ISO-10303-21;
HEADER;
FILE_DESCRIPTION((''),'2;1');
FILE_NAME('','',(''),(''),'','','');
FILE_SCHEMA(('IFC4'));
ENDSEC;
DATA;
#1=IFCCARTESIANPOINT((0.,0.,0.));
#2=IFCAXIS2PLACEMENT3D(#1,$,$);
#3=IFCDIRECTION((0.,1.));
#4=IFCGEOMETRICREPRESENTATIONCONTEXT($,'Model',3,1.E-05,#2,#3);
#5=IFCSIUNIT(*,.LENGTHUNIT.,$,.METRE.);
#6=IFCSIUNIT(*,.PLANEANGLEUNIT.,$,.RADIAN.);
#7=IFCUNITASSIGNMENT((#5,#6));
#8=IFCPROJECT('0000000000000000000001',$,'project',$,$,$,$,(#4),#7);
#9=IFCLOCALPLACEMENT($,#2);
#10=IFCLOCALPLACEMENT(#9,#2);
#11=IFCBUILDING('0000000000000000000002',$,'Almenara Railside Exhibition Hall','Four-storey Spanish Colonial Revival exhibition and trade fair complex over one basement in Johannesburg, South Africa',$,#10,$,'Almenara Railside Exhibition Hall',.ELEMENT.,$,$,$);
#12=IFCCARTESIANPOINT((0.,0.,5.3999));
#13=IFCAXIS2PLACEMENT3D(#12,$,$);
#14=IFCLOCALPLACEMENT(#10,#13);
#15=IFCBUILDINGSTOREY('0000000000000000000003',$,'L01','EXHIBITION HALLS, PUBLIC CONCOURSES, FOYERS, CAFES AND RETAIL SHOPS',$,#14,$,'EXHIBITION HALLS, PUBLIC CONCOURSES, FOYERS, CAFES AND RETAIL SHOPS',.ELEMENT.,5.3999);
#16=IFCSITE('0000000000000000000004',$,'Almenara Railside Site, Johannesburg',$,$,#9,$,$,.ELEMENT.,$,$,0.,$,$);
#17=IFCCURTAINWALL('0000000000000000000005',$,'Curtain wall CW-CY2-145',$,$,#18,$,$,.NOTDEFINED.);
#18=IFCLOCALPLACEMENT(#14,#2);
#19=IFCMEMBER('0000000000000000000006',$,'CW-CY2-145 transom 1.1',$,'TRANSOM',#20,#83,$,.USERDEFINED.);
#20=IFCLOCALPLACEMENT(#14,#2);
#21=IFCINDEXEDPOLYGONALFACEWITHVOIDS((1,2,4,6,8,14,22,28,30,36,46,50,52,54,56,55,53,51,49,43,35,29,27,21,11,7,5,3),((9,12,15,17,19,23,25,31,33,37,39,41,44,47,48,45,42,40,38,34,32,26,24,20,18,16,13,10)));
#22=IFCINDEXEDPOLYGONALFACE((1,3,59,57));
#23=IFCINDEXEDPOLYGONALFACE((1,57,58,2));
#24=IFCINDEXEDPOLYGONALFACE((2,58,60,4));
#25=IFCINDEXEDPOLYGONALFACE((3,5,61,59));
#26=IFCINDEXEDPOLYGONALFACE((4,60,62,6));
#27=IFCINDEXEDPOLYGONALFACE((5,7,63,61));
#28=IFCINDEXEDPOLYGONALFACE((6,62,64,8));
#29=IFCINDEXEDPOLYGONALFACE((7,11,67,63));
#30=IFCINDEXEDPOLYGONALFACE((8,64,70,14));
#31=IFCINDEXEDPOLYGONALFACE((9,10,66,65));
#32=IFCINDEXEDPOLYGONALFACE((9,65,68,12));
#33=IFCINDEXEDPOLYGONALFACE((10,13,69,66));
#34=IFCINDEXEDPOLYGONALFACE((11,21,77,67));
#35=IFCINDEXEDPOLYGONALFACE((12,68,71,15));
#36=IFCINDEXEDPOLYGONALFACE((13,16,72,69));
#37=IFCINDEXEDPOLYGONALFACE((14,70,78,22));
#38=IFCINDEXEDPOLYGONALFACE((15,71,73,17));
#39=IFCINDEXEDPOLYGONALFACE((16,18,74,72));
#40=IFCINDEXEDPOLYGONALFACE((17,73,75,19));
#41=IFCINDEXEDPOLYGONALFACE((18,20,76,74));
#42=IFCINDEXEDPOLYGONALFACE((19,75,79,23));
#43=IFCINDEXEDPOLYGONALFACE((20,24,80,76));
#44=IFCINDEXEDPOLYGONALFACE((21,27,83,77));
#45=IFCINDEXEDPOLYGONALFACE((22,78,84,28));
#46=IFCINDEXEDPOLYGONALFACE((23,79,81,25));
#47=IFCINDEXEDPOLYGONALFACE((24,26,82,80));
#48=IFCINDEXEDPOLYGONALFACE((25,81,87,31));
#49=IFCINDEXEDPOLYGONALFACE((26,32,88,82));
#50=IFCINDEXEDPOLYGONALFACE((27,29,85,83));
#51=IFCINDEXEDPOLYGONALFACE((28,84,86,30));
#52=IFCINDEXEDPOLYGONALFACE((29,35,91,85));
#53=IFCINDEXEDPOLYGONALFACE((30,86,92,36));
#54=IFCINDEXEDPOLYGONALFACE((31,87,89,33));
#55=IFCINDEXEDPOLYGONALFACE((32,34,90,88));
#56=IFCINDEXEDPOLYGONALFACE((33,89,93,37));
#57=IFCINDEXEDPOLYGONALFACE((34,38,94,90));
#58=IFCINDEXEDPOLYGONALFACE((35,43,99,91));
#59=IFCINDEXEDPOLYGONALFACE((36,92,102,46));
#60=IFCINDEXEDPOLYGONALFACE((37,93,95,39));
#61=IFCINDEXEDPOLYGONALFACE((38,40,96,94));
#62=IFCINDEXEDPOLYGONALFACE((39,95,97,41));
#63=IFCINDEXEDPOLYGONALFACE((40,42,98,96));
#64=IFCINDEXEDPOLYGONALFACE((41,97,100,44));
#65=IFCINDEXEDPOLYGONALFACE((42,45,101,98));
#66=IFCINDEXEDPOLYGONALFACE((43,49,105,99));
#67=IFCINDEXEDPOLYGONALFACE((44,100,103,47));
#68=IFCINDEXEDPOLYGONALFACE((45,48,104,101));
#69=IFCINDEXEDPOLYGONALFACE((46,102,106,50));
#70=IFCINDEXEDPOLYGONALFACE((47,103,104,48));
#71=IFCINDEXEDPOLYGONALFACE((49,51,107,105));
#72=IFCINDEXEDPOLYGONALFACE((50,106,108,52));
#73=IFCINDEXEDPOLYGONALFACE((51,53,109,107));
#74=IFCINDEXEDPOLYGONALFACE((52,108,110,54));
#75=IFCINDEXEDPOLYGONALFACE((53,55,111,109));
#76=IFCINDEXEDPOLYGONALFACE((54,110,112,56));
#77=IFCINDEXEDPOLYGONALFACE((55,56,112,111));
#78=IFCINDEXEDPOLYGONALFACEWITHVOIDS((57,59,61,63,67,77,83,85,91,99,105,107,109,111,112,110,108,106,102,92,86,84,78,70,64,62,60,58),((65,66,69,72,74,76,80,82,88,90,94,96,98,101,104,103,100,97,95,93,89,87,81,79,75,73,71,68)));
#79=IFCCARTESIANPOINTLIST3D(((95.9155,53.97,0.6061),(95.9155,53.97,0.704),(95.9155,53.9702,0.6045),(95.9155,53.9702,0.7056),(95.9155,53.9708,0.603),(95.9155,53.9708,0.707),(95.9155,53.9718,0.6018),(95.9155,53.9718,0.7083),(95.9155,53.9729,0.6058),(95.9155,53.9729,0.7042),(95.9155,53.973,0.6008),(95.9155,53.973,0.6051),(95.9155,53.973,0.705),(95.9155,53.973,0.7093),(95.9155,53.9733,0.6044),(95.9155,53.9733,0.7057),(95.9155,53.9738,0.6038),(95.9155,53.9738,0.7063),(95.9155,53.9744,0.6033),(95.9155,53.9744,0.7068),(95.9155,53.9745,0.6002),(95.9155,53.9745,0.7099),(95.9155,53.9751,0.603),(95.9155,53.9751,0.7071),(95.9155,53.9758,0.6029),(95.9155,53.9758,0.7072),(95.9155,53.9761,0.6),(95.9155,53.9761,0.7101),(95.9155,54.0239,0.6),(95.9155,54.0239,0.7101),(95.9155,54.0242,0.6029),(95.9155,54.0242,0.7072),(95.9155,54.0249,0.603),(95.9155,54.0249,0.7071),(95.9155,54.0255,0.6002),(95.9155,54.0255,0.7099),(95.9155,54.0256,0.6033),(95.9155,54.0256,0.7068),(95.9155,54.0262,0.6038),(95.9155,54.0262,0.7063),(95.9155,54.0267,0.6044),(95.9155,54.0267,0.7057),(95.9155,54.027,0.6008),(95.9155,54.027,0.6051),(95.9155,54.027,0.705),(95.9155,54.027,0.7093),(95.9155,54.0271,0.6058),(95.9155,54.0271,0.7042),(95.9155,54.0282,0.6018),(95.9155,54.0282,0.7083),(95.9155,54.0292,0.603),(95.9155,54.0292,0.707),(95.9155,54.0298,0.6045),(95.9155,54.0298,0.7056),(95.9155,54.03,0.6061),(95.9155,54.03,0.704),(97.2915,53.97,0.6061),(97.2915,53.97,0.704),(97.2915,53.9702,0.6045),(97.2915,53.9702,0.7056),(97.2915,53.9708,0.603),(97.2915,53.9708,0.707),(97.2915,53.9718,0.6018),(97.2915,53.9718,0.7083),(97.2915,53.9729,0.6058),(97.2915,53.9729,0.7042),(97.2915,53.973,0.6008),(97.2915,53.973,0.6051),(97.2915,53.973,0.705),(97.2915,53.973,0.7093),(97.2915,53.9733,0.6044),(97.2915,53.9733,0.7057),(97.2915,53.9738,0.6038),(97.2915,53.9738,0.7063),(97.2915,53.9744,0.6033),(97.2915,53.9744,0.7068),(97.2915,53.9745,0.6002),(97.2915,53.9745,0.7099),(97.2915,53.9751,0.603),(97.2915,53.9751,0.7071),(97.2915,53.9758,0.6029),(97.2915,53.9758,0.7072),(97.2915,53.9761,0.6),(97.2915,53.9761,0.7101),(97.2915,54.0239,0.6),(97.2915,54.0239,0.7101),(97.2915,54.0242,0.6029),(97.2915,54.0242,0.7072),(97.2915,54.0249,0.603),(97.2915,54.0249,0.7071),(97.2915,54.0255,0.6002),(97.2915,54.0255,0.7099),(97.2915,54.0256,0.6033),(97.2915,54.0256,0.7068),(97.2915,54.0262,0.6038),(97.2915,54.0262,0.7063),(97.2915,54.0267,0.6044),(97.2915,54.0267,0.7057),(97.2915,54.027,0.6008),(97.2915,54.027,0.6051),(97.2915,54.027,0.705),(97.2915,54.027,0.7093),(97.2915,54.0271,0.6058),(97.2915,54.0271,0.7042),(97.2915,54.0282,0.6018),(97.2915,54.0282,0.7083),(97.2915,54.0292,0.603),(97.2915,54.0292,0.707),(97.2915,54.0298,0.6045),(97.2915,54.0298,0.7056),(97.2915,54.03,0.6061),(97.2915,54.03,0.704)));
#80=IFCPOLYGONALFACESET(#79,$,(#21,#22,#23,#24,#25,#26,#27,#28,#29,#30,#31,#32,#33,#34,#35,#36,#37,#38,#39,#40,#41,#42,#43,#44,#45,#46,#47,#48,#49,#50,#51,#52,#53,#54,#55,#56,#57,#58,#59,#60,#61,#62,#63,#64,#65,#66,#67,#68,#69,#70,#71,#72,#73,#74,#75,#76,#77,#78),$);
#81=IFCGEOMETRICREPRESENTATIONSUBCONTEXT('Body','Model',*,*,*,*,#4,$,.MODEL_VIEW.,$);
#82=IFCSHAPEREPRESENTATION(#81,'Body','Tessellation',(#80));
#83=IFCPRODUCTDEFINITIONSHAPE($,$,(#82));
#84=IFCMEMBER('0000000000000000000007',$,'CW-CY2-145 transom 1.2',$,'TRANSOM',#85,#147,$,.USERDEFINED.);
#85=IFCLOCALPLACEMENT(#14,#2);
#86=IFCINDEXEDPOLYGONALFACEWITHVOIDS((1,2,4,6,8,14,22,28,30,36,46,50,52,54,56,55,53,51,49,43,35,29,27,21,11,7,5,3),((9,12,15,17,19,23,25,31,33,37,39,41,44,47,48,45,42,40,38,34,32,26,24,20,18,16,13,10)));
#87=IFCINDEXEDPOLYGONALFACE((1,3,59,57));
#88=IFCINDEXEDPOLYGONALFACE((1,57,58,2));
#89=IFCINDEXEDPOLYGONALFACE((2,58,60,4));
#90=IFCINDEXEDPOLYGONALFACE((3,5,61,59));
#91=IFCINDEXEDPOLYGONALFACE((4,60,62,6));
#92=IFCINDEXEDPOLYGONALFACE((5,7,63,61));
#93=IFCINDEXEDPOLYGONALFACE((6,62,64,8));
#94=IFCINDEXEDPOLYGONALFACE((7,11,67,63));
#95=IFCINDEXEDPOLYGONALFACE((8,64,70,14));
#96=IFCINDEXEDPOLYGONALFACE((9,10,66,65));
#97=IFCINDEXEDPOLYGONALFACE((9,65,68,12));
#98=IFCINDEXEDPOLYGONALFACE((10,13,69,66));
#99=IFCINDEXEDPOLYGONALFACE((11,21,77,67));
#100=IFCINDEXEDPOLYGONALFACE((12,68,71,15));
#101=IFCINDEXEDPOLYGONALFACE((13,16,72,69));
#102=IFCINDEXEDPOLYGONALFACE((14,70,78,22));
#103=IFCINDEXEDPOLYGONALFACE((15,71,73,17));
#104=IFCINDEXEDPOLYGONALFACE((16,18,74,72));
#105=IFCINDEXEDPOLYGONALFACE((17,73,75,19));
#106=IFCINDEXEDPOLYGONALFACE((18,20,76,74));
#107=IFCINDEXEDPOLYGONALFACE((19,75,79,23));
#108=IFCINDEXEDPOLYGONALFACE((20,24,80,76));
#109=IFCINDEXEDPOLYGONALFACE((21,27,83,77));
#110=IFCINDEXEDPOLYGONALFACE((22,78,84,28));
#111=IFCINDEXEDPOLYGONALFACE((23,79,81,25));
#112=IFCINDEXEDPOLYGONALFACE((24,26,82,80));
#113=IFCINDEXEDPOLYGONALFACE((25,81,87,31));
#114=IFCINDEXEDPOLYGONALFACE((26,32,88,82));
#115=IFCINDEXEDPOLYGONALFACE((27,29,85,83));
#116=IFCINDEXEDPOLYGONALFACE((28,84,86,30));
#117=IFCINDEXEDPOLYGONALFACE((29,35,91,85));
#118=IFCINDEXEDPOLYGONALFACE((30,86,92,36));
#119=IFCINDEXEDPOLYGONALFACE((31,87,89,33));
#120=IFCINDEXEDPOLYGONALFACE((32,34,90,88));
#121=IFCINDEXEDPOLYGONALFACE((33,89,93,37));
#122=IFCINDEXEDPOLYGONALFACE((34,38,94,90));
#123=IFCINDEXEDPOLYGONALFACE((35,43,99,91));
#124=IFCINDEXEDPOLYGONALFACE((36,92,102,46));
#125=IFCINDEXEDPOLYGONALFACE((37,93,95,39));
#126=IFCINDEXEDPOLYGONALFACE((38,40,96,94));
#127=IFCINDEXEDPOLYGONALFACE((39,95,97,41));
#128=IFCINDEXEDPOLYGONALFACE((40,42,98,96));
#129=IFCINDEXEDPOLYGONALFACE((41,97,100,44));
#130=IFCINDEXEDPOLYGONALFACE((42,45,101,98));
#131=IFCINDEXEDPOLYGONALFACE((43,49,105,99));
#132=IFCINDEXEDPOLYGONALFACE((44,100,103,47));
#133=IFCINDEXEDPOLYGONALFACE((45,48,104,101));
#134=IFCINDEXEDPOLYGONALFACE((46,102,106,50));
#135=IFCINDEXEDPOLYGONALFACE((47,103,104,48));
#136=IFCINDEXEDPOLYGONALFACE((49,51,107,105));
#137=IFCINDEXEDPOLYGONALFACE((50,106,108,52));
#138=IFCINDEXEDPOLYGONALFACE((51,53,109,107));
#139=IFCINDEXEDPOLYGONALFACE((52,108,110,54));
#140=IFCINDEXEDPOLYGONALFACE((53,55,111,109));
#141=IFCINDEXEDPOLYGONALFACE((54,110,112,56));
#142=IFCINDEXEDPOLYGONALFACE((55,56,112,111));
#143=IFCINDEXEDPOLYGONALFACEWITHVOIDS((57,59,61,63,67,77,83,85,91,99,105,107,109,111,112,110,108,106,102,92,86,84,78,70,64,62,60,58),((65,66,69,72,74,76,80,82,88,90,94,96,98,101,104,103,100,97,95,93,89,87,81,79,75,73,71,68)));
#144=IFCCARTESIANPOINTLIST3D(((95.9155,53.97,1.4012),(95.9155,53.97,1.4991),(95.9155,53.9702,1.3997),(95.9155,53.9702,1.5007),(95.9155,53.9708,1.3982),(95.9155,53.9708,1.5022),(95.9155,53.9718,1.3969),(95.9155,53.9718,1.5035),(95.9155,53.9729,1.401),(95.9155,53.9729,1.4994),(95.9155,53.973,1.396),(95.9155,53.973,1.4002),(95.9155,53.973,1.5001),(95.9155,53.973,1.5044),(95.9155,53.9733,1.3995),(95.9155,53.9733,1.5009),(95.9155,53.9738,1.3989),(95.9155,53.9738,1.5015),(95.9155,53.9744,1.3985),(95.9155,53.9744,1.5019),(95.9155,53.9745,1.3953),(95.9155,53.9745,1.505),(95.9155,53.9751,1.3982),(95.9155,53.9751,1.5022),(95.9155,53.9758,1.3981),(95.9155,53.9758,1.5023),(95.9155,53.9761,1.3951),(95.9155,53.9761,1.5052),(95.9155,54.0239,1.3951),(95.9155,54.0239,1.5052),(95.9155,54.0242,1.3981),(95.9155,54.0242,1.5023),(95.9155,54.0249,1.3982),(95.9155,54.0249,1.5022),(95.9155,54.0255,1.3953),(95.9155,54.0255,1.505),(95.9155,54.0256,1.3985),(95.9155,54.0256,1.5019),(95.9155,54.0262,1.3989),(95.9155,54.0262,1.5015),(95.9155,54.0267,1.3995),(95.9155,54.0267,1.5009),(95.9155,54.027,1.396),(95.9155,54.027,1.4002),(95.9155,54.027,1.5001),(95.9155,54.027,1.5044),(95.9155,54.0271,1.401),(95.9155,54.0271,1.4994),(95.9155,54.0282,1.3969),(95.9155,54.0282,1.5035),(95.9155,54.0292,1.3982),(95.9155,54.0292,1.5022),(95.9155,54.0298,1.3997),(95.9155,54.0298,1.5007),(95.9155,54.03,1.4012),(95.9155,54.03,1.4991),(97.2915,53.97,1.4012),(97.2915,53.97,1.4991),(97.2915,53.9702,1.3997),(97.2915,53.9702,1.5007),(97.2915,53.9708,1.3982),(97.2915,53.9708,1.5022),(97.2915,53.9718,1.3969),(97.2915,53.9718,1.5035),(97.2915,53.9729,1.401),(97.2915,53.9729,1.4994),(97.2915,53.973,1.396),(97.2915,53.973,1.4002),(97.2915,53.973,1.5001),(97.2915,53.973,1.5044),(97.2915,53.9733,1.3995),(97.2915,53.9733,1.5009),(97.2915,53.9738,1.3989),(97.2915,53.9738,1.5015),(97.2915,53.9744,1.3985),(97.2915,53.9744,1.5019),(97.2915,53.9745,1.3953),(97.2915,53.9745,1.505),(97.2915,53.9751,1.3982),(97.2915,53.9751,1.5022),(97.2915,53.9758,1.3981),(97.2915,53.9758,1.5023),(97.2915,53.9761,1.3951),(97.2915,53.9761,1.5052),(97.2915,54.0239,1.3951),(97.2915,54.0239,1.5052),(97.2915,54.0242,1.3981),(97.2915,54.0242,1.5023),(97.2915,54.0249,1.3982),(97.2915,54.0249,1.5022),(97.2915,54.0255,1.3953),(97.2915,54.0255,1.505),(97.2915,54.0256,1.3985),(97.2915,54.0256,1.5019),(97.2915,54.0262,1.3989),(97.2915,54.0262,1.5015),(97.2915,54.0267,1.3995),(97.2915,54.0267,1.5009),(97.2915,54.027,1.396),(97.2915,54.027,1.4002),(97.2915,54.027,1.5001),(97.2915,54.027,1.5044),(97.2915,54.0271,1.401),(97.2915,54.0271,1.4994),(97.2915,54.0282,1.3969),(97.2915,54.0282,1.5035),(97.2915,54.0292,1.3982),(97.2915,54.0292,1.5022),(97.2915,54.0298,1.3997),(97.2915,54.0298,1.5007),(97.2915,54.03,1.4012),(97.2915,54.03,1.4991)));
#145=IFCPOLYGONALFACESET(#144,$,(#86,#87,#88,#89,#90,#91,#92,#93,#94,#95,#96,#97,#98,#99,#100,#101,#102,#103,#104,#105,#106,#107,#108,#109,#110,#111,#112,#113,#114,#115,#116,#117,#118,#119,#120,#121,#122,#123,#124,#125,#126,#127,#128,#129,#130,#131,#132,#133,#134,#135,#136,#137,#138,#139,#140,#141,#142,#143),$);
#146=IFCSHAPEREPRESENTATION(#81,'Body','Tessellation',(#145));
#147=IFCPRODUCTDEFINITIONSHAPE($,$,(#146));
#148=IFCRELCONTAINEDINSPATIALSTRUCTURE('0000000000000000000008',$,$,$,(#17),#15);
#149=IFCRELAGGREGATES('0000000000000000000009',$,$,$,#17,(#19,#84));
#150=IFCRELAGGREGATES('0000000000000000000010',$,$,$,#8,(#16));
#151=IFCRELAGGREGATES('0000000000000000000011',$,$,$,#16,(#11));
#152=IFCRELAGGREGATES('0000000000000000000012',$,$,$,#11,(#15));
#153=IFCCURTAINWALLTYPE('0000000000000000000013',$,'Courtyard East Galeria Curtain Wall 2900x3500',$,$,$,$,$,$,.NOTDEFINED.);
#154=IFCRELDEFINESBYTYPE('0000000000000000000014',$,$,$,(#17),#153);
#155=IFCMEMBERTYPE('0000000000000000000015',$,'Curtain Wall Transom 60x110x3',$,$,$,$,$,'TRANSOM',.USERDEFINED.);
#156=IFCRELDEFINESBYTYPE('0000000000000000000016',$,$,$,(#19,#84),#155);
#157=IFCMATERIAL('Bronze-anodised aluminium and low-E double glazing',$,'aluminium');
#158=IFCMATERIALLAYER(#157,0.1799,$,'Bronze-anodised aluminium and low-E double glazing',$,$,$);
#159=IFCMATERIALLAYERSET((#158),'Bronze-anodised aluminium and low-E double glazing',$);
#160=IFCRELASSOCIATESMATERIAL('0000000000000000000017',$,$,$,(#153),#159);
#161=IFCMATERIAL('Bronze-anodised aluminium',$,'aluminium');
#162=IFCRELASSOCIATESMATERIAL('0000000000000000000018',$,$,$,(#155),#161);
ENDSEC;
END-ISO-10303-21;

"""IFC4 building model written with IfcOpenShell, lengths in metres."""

from ifc_helpers import new_model, si_unit, direction, frame, origin, origin_2d, place, context, subcontext, project, spatial, hollow_rectangle, extrude, material, layer, layer_set, material_profile, profile_set, type_object, element, aggregate, save


model = new_model("IFC4")

# Units and contexts
model_context = context("Model", 3, precision=1e-05, world=origin(), true_north=direction((0.0, 1.0)))
body_context = subcontext(model_context, "Body", "Model", "MODEL_VIEW")
ifc_project = project(units=[si_unit("LENGTHUNIT", "METRE"), si_unit("PLANEANGLEUNIT", "RADIAN")], contexts=[model_context])

# Site, building, storey
site_placement = place(None, origin())
site = spatial("IfcSite", under=ifc_project, at=site_placement, Name="Almenara Railside Site, Johannesburg", CompositionType="ELEMENT", RefElevation=0.0)
building_placement = place(site_placement, origin())
building = spatial("IfcBuilding", under=site, at=building_placement, Name="Almenara Railside Exhibition Hall", Description="Four-storey Spanish Colonial Revival exhibition and trade fair complex over one basement in Johannesburg, South Africa", LongName="Almenara Railside Exhibition Hall", CompositionType="ELEMENT")
storey_placement = place(building_placement, frame((0.0, 0.0, 5.3999)))
storey = spatial("IfcBuildingStorey", under=building, at=storey_placement, Name="L01", Description="EXHIBITION HALLS, PUBLIC CONCOURSES, FOYERS, CAFES AND RETAIL SHOPS", LongName="EXHIBITION HALLS, PUBLIC CONCOURSES, FOYERS, CAFES AND RETAIL SHOPS", CompositionType="ELEMENT", Elevation=5.3999)

# Curtain wall
ifc_material_1 = material(Name="Bronze-anodised aluminium and low-E double glazing", Category="aluminium")
ifc_layer_1 = layer(ifc_material_1, 0.1799, Name="Bronze-anodised aluminium and low-E double glazing")
ifc_layer_set_1 = layer_set([ifc_layer_1], Name="Bronze-anodised aluminium and low-E double glazing")
curtain_wall_type = type_object("IfcCurtainWallType", Name="Courtyard East Galeria Curtain Wall 2900x3500", PredefinedType="NOTDEFINED", material=ifc_layer_set_1)
curtain_wall_1_placement = place(storey_placement, origin())
curtain_wall_1 = element("IfcCurtainWall", 1, at=curtain_wall_1_placement, inside=storey, type_object=curtain_wall_type, Name="Curtain wall CW-CY2-145", PredefinedType="NOTDEFINED")
ifc_material_2 = material(Name="Bronze-anodised aluminium", Category="aluminium")

# Members
ifc_material_profile_1 = material_profile(ifc_material_2, hollow_rectangle(XDim=0.0601, YDim=0.1101, WallThickness=0.0029, InnerFilletRadius=0.0029, OuterFilletRadius=0.0061, at=origin_2d()), Name="ALU-TRN 60x110x3")
ifc_profile_set_1 = profile_set([ifc_material_profile_1], Name="Bronze-anodised aluminium")
member_type_1 = type_object("IfcMemberType", Name="Curtain Wall Transom 60x110x3", ElementType="TRANSOM", PredefinedType="USERDEFINED", material=ifc_profile_set_1)
member_1_placement = place(storey_placement, frame((95.9155, 54.0, 0.655), z_axis=(1.0, 0.0, 0.0), x_axis=(0.0, 1.0, 0.0)))
member_1 = element("IfcMember", 2, at=member_1_placement, type_object=member_type_1, Name="CW-CY2-145 transom 1.1", ObjectType="TRANSOM", PredefinedType="USERDEFINED", context=body_context, shape_type="SweptSolid", body=[
    extrude(hollow_rectangle(XDim=0.0601, YDim=0.1101, WallThickness=0.0029, InnerFilletRadius=0.0029, OuterFilletRadius=0.0061, at=origin_2d()), origin(), (0.0, 0.0, 1.0), 1.376),
])
member_2_placement = place(storey_placement, frame((95.9155, 54.0, 1.4502), z_axis=(1.0, 0.0, 0.0), x_axis=(0.0, 1.0, 0.0)))
member_2 = element("IfcMember", 3, at=member_2_placement, type_object=member_type_1, Name="CW-CY2-145 transom 1.2", ObjectType="TRANSOM", PredefinedType="USERDEFINED", context=body_context, shape_type="SweptSolid", body=[
    extrude(hollow_rectangle(XDim=0.0601, YDim=0.1101, WallThickness=0.0029, InnerFilletRadius=0.0029, OuterFilletRadius=0.0061, at=origin_2d()), origin(), (0.0, 0.0, 1.0), 1.376),
])

aggregate(curtain_wall_1, [member_1, member_2])

save(model, "model.ifc")
